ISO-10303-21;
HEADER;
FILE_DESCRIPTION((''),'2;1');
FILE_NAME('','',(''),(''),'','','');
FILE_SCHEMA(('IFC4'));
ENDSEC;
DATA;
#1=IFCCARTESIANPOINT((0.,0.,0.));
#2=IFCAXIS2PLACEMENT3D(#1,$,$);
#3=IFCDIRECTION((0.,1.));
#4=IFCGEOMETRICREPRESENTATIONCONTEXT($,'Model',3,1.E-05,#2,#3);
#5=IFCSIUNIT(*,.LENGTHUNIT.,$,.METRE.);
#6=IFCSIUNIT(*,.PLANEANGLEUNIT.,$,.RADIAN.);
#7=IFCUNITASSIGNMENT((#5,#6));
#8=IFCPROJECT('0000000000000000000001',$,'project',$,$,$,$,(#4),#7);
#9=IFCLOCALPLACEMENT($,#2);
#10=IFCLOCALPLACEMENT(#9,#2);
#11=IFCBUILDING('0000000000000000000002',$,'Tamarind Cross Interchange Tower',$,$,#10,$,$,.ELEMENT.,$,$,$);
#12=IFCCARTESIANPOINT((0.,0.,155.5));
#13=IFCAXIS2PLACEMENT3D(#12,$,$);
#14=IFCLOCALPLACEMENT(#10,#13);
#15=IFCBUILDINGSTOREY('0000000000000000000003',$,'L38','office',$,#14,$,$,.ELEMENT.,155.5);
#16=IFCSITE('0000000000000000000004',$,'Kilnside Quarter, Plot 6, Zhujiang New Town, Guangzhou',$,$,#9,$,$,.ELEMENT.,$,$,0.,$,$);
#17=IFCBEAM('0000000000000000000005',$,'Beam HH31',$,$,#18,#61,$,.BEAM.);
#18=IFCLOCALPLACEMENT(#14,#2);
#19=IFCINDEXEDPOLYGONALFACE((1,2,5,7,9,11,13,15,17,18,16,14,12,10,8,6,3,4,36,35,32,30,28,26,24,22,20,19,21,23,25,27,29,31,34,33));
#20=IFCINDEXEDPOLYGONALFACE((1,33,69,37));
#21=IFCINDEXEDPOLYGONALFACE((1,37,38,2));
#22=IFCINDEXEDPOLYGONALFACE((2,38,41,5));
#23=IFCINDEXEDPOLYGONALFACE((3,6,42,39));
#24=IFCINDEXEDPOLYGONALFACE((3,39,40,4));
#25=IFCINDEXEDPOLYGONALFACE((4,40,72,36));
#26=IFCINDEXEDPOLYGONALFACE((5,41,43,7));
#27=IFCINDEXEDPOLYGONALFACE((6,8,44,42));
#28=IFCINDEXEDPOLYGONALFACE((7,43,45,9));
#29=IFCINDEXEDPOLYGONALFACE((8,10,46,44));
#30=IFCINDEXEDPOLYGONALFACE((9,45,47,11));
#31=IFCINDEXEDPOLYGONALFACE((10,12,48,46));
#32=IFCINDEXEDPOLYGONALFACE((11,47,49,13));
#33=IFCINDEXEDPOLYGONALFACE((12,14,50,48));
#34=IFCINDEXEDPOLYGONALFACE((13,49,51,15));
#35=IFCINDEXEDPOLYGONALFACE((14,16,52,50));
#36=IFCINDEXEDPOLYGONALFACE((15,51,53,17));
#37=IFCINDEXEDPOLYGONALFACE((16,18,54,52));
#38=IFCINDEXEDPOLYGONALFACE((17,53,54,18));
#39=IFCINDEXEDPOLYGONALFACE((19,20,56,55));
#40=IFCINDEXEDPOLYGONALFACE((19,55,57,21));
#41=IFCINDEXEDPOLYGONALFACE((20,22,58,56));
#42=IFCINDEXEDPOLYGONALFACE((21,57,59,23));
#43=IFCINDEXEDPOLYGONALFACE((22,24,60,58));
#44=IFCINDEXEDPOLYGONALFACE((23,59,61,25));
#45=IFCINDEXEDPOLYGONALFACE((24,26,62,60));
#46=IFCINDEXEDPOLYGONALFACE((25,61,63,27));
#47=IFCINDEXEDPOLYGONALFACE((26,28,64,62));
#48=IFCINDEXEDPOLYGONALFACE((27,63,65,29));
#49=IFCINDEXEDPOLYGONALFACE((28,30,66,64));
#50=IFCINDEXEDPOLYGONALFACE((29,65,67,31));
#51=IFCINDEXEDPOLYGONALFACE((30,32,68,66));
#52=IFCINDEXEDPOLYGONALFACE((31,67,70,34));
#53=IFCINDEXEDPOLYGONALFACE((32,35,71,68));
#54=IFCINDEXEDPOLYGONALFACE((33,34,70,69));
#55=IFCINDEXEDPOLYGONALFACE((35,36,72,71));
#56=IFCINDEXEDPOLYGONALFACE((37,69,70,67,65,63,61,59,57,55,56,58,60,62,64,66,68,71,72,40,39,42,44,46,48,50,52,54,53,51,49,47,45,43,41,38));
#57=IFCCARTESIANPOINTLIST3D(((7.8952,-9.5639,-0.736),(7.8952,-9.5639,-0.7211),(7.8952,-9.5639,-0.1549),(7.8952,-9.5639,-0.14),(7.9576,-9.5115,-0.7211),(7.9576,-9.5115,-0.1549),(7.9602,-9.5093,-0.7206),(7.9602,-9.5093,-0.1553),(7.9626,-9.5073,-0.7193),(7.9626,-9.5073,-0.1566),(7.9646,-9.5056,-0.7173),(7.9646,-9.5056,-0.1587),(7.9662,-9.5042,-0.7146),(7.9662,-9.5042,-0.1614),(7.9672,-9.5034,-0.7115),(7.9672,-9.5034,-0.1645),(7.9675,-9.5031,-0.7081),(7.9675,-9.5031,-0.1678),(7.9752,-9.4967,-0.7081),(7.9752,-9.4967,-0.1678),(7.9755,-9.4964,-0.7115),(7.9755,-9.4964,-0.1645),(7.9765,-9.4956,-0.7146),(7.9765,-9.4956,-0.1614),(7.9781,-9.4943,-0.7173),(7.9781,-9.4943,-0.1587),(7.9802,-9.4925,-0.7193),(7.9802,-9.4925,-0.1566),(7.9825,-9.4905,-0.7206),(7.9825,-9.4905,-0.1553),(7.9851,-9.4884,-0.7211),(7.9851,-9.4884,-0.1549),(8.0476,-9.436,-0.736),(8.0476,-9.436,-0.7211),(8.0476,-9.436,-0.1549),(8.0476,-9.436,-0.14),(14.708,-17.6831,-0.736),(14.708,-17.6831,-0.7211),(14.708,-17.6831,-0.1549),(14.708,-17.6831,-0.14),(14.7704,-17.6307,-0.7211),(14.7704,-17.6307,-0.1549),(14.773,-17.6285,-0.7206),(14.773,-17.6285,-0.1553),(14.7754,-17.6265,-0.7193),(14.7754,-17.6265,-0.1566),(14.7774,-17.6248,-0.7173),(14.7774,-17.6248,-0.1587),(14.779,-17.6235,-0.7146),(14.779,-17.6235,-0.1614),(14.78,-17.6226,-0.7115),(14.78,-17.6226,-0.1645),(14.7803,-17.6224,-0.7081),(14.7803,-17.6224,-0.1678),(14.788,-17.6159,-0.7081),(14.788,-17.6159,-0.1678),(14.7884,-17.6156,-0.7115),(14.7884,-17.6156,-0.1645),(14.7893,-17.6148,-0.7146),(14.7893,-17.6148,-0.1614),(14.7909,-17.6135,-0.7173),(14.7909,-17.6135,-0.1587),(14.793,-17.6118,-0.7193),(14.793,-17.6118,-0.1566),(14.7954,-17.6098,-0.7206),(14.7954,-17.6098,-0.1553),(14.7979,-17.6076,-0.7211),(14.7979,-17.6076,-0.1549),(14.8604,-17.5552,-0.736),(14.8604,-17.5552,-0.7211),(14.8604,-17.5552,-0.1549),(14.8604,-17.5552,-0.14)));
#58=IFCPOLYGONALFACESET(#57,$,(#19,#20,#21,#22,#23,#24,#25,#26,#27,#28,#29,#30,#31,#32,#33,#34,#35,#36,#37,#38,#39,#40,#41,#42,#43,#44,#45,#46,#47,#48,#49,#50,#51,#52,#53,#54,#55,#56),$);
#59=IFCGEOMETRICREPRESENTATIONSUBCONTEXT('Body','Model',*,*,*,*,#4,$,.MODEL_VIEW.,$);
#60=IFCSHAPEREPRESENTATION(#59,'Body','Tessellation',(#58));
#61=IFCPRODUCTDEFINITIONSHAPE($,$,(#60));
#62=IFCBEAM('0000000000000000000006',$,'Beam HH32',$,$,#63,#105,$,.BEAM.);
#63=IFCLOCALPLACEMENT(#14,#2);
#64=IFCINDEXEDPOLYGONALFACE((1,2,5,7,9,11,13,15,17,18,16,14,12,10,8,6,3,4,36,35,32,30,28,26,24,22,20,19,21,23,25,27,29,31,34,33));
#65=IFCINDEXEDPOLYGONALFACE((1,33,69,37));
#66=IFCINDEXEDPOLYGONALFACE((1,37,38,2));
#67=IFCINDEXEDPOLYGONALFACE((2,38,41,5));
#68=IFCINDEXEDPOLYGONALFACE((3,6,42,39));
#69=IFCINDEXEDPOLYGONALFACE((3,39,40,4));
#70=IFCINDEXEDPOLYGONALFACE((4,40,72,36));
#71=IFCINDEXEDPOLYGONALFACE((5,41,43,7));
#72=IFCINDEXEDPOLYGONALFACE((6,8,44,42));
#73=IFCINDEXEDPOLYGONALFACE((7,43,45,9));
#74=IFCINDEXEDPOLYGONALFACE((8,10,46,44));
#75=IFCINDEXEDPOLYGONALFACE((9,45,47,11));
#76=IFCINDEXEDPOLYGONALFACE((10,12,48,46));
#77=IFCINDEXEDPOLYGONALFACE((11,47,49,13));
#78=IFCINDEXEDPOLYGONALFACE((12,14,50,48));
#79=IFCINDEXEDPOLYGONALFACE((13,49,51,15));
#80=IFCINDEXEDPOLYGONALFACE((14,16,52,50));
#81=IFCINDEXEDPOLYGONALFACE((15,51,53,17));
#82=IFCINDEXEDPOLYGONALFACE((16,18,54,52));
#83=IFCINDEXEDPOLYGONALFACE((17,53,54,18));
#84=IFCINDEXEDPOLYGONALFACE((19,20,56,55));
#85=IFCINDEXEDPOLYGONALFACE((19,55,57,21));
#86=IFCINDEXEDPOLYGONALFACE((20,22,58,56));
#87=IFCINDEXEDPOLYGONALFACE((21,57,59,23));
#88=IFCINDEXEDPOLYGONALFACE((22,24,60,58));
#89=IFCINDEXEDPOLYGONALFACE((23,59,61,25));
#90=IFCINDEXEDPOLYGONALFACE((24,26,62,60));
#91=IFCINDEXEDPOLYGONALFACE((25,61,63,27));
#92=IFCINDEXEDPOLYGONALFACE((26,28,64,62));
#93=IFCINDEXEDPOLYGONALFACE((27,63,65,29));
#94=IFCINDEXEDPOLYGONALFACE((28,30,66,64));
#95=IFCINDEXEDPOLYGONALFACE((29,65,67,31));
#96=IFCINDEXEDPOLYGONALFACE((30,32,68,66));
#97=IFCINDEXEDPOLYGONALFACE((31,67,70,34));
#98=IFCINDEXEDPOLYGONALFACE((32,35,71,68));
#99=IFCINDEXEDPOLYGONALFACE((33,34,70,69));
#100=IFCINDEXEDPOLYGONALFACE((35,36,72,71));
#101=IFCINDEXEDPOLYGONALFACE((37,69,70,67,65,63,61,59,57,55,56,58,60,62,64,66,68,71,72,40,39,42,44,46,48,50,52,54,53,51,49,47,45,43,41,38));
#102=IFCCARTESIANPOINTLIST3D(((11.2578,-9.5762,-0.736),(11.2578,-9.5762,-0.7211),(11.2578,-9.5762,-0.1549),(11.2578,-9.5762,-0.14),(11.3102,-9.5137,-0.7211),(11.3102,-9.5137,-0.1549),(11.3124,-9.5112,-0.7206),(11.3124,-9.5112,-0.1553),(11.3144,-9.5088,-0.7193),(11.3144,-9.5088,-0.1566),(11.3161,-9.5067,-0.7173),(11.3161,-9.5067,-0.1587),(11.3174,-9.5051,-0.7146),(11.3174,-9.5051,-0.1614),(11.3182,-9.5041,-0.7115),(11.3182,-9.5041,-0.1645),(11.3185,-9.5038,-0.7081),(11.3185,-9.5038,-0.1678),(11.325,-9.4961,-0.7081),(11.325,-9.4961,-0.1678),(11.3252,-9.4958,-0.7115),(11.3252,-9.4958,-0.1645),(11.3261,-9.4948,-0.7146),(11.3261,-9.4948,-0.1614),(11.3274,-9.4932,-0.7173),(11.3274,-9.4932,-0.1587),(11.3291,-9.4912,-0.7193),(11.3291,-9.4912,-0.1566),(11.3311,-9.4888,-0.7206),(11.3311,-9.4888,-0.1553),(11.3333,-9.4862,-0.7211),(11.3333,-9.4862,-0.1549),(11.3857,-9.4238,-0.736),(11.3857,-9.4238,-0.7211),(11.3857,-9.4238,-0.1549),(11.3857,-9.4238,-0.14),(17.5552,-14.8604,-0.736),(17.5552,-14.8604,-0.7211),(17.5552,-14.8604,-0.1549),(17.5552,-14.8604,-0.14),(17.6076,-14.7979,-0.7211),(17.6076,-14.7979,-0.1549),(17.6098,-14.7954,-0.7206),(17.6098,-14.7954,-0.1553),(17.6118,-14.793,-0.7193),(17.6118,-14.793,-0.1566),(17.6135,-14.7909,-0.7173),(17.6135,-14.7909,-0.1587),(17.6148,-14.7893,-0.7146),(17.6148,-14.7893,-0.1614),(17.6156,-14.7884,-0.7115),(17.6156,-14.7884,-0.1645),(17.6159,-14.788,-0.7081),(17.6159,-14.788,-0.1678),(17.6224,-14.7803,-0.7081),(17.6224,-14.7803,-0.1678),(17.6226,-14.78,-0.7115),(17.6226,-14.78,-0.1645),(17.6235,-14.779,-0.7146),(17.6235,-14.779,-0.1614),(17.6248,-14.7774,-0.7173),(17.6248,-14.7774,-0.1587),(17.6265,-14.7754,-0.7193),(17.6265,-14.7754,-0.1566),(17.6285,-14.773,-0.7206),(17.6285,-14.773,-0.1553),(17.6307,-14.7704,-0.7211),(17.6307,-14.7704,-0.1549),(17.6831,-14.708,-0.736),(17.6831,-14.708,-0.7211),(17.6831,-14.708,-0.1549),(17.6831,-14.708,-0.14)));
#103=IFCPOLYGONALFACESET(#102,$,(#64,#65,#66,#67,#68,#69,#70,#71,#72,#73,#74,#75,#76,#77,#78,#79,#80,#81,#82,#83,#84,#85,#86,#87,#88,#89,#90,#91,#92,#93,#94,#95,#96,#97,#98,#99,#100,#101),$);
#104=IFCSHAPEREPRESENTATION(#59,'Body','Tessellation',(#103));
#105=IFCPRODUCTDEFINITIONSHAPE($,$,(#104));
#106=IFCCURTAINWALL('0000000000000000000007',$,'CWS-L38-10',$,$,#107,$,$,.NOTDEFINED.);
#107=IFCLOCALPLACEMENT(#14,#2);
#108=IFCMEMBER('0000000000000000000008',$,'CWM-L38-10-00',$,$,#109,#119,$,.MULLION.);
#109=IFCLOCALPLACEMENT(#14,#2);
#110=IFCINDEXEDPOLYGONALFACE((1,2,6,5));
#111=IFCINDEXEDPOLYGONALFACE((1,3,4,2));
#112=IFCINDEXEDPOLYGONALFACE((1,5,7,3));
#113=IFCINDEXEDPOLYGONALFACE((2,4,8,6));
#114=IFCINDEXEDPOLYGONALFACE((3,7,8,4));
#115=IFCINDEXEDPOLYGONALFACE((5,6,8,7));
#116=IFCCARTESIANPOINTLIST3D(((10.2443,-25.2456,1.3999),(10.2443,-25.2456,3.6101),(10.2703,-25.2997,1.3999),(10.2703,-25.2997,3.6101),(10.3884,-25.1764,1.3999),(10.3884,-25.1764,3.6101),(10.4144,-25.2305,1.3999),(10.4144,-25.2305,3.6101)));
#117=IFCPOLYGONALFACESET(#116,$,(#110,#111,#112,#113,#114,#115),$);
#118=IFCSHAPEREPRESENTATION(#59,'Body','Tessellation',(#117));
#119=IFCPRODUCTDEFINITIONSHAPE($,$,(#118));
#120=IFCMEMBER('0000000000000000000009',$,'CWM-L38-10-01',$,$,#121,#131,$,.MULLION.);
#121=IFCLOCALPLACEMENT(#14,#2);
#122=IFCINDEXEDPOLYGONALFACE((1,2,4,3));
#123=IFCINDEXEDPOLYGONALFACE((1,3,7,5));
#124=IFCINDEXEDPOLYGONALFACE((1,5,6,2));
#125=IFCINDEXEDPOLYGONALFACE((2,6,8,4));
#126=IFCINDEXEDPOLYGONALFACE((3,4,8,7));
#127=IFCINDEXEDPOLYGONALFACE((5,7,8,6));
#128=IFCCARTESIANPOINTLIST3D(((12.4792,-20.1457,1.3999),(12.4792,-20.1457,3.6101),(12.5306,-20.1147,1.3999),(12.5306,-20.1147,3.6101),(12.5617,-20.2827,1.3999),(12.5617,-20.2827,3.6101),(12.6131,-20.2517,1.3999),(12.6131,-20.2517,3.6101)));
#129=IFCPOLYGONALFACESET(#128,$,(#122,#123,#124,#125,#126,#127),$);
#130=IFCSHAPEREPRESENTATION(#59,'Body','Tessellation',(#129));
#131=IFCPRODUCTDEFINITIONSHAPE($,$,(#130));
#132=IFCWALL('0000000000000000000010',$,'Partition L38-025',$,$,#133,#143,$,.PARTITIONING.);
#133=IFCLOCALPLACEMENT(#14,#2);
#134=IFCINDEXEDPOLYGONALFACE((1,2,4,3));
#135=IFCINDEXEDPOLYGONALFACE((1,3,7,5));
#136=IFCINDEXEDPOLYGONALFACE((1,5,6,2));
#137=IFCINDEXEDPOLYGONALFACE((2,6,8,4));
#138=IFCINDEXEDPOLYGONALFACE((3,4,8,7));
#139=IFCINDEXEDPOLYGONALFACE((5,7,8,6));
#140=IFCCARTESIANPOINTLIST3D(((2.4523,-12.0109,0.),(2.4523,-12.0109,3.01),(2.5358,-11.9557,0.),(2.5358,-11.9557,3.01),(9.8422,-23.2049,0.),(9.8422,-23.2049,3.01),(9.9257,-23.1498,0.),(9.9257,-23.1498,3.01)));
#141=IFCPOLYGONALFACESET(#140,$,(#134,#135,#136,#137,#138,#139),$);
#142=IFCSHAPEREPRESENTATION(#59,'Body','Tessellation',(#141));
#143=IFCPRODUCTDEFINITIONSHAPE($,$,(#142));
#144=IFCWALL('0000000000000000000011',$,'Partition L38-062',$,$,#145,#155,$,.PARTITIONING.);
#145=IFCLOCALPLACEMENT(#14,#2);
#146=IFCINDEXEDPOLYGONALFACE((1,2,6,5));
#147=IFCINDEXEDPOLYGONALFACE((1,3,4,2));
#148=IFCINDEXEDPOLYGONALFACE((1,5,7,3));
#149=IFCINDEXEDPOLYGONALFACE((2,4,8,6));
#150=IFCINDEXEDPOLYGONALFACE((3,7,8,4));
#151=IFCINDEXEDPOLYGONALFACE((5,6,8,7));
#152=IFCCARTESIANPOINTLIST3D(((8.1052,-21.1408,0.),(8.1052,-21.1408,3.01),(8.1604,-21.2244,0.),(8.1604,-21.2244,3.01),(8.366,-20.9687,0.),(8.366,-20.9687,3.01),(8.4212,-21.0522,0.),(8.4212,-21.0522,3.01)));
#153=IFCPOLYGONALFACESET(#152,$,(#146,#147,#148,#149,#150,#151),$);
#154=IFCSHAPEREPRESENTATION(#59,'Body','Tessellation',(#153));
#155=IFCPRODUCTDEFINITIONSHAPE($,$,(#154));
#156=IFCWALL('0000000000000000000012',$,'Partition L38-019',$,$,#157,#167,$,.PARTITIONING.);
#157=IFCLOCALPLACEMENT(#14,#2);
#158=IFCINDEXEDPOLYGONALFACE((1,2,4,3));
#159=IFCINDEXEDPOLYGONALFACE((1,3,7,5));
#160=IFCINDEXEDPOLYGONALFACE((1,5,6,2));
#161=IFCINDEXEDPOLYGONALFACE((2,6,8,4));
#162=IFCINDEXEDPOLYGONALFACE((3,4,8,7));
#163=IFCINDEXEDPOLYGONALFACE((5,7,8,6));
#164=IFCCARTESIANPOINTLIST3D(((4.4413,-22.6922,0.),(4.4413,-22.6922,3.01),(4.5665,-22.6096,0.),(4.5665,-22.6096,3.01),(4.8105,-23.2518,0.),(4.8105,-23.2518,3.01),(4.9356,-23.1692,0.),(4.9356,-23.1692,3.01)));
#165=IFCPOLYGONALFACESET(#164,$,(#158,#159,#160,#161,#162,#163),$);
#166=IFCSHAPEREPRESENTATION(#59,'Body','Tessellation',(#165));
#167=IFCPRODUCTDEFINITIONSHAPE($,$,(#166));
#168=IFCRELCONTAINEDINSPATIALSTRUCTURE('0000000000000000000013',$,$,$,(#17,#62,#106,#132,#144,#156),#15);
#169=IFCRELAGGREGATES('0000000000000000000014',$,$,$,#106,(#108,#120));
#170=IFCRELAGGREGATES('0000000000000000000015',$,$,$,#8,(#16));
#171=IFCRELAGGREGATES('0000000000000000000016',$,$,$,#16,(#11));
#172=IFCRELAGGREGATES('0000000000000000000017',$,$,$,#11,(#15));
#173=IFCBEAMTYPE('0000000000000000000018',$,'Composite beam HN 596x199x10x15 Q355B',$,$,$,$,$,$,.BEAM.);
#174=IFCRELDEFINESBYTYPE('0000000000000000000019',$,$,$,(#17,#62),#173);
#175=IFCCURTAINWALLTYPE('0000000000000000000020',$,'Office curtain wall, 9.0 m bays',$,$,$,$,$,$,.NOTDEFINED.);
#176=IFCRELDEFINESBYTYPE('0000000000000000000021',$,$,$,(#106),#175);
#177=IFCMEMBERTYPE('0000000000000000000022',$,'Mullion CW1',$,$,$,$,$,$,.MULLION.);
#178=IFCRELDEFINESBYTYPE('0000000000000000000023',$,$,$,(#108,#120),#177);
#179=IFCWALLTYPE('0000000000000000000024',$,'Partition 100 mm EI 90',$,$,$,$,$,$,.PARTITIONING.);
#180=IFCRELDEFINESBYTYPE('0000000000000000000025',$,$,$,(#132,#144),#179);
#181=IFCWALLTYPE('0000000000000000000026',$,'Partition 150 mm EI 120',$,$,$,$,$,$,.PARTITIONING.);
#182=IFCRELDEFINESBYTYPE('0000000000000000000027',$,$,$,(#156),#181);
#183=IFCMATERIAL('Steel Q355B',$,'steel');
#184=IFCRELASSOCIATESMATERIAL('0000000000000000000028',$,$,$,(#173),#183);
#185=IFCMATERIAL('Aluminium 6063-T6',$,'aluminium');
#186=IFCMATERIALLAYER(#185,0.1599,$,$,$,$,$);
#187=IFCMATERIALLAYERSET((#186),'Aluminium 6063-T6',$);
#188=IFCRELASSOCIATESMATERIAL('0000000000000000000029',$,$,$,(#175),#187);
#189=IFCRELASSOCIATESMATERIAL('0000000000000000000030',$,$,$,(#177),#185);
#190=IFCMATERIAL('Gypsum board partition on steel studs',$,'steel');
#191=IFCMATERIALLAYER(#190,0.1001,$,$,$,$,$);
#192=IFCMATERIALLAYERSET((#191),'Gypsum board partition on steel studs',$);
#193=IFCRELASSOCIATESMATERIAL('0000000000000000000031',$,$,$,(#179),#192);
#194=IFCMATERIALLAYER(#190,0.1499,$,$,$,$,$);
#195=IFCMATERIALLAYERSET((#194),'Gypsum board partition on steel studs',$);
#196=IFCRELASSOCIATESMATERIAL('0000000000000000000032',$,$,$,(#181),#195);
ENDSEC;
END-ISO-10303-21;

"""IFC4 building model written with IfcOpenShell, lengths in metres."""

from ifc_helpers import new_model, si_unit, direction, frame, frame_2d, origin, origin_2d, place, context, subcontext, project, spatial, rectangle, i_section, extrude, material, layer, layer_set, material_profile, profile_set, type_object, element, aggregate, save


model = new_model("IFC4")

# Units and contexts
model_context = context("Model", 3, precision=1e-05, world=origin(), true_north=direction((0.0, 1.0)))
body_context = subcontext(model_context, "Body", "Model", "MODEL_VIEW")
ifc_project = project(units=[si_unit("LENGTHUNIT", "METRE"), si_unit("PLANEANGLEUNIT", "RADIAN")], contexts=[model_context])

# Site, building, storey
site_placement = place(None, origin())
site = spatial("IfcSite", under=ifc_project, at=site_placement, Name="Kilnside Quarter, Plot 6, Zhujiang New Town, Guangzhou", CompositionType="ELEMENT", RefElevation=0.0)
building_placement = place(site_placement, origin())
building = spatial("IfcBuilding", under=site, at=building_placement, Name="Tamarind Cross Interchange Tower", CompositionType="ELEMENT")
storey_placement = place(building_placement, frame((0.0, 0.0, 155.5)))
storey = spatial("IfcBuildingStorey", under=building, at=storey_placement, Name="L38", Description="office", CompositionType="ELEMENT", Elevation=155.5)

# Beams
ifc_material_1 = material(Name="Steel Q355B", Category="steel")
ifc_material_profile_1 = material_profile(ifc_material_1, i_section(OverallWidth=0.199, OverallDepth=0.5959, WebThickness=0.01, FlangeThickness=0.0149, FilletRadius=0.0129, at=origin_2d()), Name="HN 596x199x10x15")
ifc_profile_set_1 = profile_set([ifc_material_profile_1], Name="Steel Q355B")
beam_type_1 = type_object("IfcBeamType", Name="Composite beam HN 596x199x10x15 Q355B", PredefinedType="BEAM", material=ifc_profile_set_1)
beam_1_placement = place(storey_placement, frame((14.7842, -17.6191, -0.438), z_axis=(-0.642786, 0.766046, 0.0), x_axis=(-0.766046, -0.642786, 0.0)))
element("IfcBeam", 1, at=beam_1_placement, inside=storey, type_object=beam_type_1, Name="Beam HH31", PredefinedType="BEAM", context=body_context, shape_type="SweptSolid", body=[
    extrude(i_section(OverallWidth=0.199, OverallDepth=0.5959, WebThickness=0.01, FlangeThickness=0.0149, FilletRadius=0.0129, at=origin_2d()), origin(), (0.0, 0.0, 1.0), 10.5989),
])
beam_2_placement = place(storey_placement, frame((17.6191, -14.7842, -0.438), z_axis=(-0.766041, 0.642792, 0.0), x_axis=(-0.642792, -0.766041, 0.0)))
element("IfcBeam", 2, at=beam_2_placement, inside=storey, type_object=beam_type_1, Name="Beam HH32", PredefinedType="BEAM", context=body_context, shape_type="SweptSolid", body=[
    extrude(i_section(OverallWidth=0.199, OverallDepth=0.5959, WebThickness=0.01, FlangeThickness=0.0149, FilletRadius=0.0129, at=origin_2d()), origin(), (0.0, 0.0, 1.0), 8.2207),
])

# Curtain wall, members
ifc_material_2 = material(Name="Aluminium 6063-T6", Category="aluminium")
ifc_layer_1 = layer(ifc_material_2, 0.1599)
ifc_layer_set_1 = layer_set([ifc_layer_1], Name="Aluminium 6063-T6")
curtain_wall_type = type_object("IfcCurtainWallType", Name="Office curtain wall, 9.0 m bays", PredefinedType="NOTDEFINED", material=ifc_layer_set_1)
curtain_wall_placement = place(storey_placement, origin())
curtain_wall = element("IfcCurtainWall", 3, at=curtain_wall_placement, inside=storey, type_object=curtain_wall_type, Name="CWS-L38-10", PredefinedType="NOTDEFINED")
ifc_material_profile_2 = material_profile(ifc_material_2, rectangle(XDim=0.0601, YDim=0.1599, at=origin_2d()), Name="Mullion CW1")
ifc_profile_set_2 = profile_set([ifc_material_profile_2], Name="Aluminium 6063-T6")
member_type = type_object("IfcMemberType", Name="Mullion CW1", PredefinedType="MULLION", material=ifc_profile_set_2)
member_1_placement = place(storey_placement, frame((10.3293, -25.238, 1.3999), z_axis=(0.0, 0.0, 1.0), x_axis=(-0.432938, 0.901424, 0.0)))
member_1 = element("IfcMember", 4, at=member_1_placement, type_object=member_type, Name="CWM-L38-10-00", PredefinedType="MULLION", context=body_context, shape_type="SweptSolid", body=[
    extrude(rectangle(XDim=0.0601, YDim=0.1599, at=origin_2d()), origin(), (0.0, 0.0, 1.0), 2.2102),
])
member_2_placement = place(storey_placement, frame((12.5461, -20.1987, 1.3999), z_axis=(0.0, 0.0, 1.0), x_axis=(0.856667, 0.51587, 0.0)))
member_2 = element("IfcMember", 5, at=member_2_placement, type_object=member_type, Name="CWM-L38-10-01", PredefinedType="MULLION", context=body_context, shape_type="SweptSolid", body=[
    extrude(rectangle(XDim=0.0601, YDim=0.1599, at=origin_2d()), origin(), (0.0, 0.0, 1.0), 2.2102),
])
aggregate(curtain_wall, [member_1, member_2])

# Walls
ifc_material_3 = material(Name="Gypsum board partition on steel studs", Category="steel")
ifc_layer_2 = layer(ifc_material_3, 0.1001)
ifc_layer_set_2 = layer_set([ifc_layer_2], Name="Gypsum board partition on steel studs")
wall_type_1 = type_object("IfcWallType", Name="Partition 100 mm EI 90", PredefinedType="PARTITIONING", material=ifc_layer_set_2)
wall_1_placement = place(storey_placement, frame((2.4941, -11.9834, 0.0), z_axis=(0.0, 0.0, 1.0), x_axis=(0.550935, -0.834548, 0.0)))
element("IfcWall", 6, at=wall_1_placement, inside=storey, type_object=wall_type_1, Name="Partition L38-025", PredefinedType="PARTITIONING", context=body_context, shape_type="SweptSolid", body=[
    extrude(rectangle(XDim=13.4133, YDim=0.1001, at=frame_2d((6.7065, 0.0))), origin(), (0.0, 0.0, 1.0), 3.01),
])
wall_2_placement = place(storey_placement, frame((8.1328, -21.1826, 0.0), z_axis=(0.0, 0.0, 1.0), x_axis=(0.834566, 0.550908, 0.0)))
element("IfcWall", 7, at=wall_2_placement, inside=storey, type_object=wall_type_1, Name="Partition L38-062", PredefinedType="PARTITIONING", context=body_context, shape_type="SweptSolid", body=[
    extrude(rectangle(XDim=0.3125, YDim=0.1001, at=frame_2d((0.1562, 0.0))), origin(), (0.0, 0.0, 1.0), 3.01),
])
ifc_layer_3 = layer(ifc_material_3, 0.1499)
ifc_layer_set_3 = layer_set([ifc_layer_3], Name="Gypsum board partition on steel studs")
wall_type_2 = type_object("IfcWallType", Name="Partition 150 mm EI 120", PredefinedType="PARTITIONING", material=ifc_layer_set_3)
wall_3_placement = place(storey_placement, frame((4.5039, -22.6509, 0.0), z_axis=(0.0, 0.0, 1.0), x_axis=(0.55066, -0.83473, 0.0)))
element("IfcWall", 8, at=wall_3_placement, inside=storey, type_object=wall_type_2, Name="Partition L38-019", PredefinedType="PARTITIONING", context=body_context, shape_type="SweptSolid", body=[
    extrude(rectangle(XDim=0.6704, YDim=0.1499, at=frame_2d((0.3352, 0.0))), origin(), (0.0, 0.0, 1.0), 3.01),
])

save(model, "model.ifc")
